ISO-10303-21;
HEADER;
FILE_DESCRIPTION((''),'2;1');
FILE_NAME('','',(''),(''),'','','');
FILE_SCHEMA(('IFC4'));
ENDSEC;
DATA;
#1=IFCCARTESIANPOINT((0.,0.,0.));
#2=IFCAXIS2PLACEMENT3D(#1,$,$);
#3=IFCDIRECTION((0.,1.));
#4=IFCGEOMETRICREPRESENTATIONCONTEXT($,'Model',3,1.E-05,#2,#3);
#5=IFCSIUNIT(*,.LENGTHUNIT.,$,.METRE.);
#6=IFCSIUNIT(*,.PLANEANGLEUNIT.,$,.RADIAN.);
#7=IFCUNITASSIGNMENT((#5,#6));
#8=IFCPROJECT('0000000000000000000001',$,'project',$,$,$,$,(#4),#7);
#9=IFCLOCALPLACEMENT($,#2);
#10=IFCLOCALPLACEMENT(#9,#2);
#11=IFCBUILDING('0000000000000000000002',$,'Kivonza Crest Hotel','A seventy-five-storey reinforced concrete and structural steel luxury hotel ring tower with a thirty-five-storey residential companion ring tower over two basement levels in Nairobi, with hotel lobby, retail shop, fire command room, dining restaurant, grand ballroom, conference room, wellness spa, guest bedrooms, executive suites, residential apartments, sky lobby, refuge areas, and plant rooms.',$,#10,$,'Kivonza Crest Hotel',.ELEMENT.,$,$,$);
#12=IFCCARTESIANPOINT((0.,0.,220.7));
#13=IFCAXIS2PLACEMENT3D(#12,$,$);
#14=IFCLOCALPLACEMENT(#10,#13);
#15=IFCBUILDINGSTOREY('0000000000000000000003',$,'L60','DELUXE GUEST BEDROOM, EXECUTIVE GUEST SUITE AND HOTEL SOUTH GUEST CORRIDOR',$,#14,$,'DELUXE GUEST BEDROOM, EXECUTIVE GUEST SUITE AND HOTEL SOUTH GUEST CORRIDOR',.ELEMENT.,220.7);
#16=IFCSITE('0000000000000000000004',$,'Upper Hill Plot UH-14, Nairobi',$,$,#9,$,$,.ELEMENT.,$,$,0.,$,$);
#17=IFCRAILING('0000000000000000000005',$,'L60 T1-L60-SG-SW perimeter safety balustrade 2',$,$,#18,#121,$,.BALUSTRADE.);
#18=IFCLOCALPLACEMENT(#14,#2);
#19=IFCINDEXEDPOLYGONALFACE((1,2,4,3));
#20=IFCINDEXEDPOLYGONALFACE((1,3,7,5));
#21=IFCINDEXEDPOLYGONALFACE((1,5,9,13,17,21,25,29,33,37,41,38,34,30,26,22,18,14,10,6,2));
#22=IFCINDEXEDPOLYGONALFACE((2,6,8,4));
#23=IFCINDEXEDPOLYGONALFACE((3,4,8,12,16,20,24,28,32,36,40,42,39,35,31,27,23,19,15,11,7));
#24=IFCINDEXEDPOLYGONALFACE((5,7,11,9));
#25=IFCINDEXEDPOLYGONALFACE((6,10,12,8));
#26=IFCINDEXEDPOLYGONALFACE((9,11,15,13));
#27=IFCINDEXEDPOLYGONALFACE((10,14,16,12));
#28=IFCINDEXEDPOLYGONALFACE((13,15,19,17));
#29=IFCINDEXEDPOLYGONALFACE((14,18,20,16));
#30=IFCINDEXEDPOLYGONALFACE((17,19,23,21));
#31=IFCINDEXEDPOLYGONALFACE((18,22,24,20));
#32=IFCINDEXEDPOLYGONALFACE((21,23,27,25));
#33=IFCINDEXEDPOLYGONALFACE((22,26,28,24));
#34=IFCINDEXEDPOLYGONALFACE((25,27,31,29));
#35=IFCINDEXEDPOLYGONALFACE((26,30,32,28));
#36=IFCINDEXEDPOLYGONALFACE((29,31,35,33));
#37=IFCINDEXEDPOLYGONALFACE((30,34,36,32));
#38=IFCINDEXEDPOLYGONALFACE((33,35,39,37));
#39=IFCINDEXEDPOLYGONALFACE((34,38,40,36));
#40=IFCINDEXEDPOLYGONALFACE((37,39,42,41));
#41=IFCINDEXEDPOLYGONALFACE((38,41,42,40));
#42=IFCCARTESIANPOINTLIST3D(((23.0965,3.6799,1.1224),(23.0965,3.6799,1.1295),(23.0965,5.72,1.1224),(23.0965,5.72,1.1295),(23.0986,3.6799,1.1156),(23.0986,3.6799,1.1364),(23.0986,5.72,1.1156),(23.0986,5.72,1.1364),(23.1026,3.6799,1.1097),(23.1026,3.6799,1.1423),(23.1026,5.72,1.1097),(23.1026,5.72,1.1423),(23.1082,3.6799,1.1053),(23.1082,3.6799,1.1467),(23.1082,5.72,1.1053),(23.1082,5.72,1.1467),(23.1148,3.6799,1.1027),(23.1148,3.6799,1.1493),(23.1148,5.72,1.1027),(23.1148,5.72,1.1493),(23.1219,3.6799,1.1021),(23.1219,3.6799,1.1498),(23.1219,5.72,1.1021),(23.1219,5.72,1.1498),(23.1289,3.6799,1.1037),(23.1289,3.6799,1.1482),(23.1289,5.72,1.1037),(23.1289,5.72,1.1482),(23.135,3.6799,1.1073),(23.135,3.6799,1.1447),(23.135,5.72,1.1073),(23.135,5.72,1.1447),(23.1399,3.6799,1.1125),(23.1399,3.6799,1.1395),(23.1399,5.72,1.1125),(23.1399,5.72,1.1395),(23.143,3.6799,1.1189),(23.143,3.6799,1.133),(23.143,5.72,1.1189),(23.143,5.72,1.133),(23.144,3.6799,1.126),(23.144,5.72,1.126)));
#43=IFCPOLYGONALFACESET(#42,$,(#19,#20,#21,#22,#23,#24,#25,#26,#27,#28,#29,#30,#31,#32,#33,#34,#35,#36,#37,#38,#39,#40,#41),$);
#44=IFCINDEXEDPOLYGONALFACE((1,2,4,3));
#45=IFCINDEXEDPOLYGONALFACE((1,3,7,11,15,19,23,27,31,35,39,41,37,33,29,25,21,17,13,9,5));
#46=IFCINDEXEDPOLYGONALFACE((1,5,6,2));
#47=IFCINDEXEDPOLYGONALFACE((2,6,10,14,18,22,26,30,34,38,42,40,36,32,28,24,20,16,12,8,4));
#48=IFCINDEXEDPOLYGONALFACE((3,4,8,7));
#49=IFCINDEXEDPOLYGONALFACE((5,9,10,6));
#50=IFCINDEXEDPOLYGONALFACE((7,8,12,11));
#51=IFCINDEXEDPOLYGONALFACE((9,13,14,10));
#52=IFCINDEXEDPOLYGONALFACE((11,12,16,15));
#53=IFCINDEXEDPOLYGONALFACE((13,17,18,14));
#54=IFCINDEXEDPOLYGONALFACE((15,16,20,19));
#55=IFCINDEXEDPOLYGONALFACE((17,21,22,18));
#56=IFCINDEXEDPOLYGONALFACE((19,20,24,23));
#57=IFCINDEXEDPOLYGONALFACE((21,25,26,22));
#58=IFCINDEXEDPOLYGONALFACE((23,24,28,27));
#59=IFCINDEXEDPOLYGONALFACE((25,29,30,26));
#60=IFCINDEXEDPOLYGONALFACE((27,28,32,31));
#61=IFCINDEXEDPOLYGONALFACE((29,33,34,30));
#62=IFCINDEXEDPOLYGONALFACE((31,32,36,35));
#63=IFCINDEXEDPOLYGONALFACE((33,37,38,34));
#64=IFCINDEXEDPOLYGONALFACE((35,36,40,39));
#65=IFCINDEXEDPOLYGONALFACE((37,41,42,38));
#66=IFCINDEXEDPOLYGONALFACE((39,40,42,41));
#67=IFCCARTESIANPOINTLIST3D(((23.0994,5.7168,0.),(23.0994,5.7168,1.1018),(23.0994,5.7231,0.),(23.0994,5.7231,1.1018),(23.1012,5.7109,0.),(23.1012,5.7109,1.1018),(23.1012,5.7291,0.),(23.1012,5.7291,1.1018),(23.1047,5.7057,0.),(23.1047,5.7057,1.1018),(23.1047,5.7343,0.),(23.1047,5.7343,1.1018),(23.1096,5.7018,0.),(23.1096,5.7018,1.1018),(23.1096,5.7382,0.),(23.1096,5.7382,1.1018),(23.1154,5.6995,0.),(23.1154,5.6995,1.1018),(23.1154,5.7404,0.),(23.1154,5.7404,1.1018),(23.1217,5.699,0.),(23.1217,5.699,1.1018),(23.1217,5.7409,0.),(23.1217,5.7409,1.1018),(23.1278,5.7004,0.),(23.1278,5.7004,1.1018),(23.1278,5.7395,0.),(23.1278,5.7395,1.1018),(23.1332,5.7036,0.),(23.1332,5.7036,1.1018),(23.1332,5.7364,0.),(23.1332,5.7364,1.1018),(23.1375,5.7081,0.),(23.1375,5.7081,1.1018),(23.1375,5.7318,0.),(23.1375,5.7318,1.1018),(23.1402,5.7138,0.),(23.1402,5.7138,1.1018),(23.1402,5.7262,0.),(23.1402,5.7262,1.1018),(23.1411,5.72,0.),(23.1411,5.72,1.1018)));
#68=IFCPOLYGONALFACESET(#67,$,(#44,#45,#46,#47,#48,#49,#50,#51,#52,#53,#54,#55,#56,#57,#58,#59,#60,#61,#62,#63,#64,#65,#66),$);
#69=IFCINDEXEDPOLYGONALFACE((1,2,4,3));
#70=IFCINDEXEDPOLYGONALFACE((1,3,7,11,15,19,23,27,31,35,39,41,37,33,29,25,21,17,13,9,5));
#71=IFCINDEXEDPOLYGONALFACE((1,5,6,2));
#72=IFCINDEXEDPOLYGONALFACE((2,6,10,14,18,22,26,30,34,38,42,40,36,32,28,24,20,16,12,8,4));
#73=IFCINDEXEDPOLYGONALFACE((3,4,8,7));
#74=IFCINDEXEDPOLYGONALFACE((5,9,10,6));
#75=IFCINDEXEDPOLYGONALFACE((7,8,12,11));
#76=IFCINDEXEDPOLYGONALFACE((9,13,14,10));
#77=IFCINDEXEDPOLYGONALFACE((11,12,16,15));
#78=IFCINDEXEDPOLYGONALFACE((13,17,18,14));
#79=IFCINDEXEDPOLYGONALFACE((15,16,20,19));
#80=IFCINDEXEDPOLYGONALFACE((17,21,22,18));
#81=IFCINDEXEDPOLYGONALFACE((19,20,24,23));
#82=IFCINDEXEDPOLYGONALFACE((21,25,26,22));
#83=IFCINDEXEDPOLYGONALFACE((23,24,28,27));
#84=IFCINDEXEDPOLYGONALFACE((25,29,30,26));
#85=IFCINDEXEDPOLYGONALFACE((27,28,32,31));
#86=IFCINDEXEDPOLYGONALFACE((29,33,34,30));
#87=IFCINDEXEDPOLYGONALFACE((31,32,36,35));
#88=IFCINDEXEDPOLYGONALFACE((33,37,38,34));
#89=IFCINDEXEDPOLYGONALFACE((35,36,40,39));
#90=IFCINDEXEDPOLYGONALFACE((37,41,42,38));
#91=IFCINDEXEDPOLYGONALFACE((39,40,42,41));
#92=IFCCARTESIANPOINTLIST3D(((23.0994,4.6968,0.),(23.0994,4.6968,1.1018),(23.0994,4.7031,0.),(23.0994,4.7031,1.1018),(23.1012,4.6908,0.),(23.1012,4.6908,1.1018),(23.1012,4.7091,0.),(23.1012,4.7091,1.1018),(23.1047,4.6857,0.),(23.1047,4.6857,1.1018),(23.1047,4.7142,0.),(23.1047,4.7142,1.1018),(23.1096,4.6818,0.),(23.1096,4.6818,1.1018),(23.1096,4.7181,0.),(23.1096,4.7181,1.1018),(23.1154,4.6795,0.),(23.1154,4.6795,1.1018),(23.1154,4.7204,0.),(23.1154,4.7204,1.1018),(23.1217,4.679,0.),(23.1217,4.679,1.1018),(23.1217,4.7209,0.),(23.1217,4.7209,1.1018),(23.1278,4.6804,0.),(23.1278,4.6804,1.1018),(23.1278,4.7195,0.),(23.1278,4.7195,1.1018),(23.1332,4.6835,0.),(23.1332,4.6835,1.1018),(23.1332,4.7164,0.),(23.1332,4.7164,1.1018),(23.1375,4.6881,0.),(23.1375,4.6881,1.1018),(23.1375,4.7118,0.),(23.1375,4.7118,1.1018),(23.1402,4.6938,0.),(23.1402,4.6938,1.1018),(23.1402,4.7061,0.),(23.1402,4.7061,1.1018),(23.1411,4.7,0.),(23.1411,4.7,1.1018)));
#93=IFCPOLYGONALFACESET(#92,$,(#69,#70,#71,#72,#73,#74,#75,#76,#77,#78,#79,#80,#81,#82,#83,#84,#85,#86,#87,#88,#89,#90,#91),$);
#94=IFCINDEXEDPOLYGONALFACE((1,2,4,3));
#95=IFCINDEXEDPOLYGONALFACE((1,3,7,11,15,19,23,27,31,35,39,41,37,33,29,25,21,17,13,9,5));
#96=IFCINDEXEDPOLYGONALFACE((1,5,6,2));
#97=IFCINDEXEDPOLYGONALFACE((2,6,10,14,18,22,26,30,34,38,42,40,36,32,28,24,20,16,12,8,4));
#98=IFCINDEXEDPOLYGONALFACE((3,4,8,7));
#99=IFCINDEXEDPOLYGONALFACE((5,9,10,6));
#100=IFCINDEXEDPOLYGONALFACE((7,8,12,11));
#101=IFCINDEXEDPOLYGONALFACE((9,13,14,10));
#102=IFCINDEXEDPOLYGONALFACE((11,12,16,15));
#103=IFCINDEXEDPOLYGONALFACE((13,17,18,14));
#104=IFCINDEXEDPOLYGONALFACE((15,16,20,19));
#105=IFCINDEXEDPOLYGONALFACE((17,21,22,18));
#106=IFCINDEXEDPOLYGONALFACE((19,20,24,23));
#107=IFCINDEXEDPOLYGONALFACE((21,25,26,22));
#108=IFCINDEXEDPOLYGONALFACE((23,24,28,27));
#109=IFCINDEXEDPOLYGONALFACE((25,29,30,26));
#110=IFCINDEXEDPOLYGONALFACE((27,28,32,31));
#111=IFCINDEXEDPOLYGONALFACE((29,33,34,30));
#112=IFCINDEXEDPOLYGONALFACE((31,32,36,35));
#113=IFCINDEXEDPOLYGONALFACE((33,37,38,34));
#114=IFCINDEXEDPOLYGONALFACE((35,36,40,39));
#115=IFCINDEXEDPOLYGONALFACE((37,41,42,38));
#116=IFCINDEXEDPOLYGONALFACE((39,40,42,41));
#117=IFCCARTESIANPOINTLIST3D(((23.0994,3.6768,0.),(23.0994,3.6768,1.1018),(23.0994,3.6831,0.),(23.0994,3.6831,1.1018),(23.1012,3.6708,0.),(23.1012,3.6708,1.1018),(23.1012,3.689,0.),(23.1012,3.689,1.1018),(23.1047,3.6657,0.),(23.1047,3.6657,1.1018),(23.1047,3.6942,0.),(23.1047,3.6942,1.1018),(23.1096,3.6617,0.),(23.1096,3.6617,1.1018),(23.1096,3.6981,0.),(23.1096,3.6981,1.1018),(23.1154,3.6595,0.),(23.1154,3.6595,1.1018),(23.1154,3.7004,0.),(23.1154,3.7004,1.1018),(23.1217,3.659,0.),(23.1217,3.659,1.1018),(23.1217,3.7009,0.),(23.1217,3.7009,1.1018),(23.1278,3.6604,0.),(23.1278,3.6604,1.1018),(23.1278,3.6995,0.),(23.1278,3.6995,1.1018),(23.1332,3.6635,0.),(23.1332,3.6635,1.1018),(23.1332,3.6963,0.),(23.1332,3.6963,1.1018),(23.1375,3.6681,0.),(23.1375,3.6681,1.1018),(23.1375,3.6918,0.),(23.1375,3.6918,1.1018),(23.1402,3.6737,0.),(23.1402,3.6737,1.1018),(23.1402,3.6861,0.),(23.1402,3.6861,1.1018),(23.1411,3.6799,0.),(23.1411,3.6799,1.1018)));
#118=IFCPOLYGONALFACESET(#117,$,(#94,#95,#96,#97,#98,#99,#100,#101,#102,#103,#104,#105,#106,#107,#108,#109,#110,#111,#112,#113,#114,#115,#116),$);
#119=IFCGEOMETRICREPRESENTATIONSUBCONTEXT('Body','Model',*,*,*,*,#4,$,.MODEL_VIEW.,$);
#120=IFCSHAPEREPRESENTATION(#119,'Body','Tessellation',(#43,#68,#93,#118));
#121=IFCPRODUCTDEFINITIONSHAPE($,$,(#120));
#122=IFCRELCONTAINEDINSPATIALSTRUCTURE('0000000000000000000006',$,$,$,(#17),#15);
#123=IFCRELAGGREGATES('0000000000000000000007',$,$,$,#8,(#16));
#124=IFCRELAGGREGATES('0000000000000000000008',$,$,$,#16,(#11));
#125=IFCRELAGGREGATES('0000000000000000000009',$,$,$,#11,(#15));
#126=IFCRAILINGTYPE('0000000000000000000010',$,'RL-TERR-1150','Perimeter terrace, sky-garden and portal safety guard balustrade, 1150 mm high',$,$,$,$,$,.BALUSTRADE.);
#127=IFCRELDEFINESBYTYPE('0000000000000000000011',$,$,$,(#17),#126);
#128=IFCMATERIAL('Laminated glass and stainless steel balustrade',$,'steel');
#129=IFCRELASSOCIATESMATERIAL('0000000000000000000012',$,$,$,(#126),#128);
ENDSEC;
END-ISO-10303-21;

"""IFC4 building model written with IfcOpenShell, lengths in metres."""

from ifc_helpers import new_model, si_unit, direction, frame, origin, origin_2d, place, context, subcontext, project, spatial, circle, extrude, material, type_object, element, save


model = new_model("IFC4")

# Units and contexts
model_context = context("Model", 3, precision=1e-05, world=origin(), true_north=direction((0.0, 1.0)))
body_context = subcontext(model_context, "Body", "Model", "MODEL_VIEW")
ifc_project = project(units=[si_unit("LENGTHUNIT", "METRE"), si_unit("PLANEANGLEUNIT", "RADIAN")], contexts=[model_context])

# Site, building, storey
site_placement = place(None, origin())
site = spatial("IfcSite", under=ifc_project, at=site_placement, Name="Upper Hill Plot UH-14, Nairobi", CompositionType="ELEMENT", RefElevation=0.0)
building_placement = place(site_placement, origin())
building = spatial("IfcBuilding", under=site, at=building_placement, Name="Kivonza Crest Hotel", Description="A seventy-five-storey reinforced concrete and structural steel luxury hotel ring tower with a thirty-five-storey residential companion ring tower over two basement levels in Nairobi, with hotel lobby, retail shop, fire command room, dining restaurant, grand ballroom, conference room, wellness spa, guest bedrooms, executive suites, residential apartments, sky lobby, refuge areas, and plant rooms.", LongName="Kivonza Crest Hotel", CompositionType="ELEMENT")
storey_placement = place(building_placement, frame((0.0, 0.0, 220.7)))
storey = spatial("IfcBuildingStorey", under=building, at=storey_placement, Name="L60", Description="DELUXE GUEST BEDROOM, EXECUTIVE GUEST SUITE AND HOTEL SOUTH GUEST CORRIDOR", LongName="DELUXE GUEST BEDROOM, EXECUTIVE GUEST SUITE AND HOTEL SOUTH GUEST CORRIDOR", CompositionType="ELEMENT", Elevation=220.7)

# Railing
ifc_material_1 = material(Name="Laminated glass and stainless steel balustrade", Category="steel")
railing_type = type_object("IfcRailingType", Name="RL-TERR-1150", Description="Perimeter terrace, sky-garden and portal safety guard balustrade, 1150 mm high", PredefinedType="BALUSTRADE", material=ifc_material_1)
railing_1_placement = place(storey_placement, frame((23.1201, 5.72, 0.0)))
element("IfcRailing", 1, at=railing_1_placement, inside=storey, type_object=railing_type, Name="L60 T1-L60-SG-SW perimeter safety balustrade 2", PredefinedType="BALUSTRADE", context=body_context, shape_type="SweptSolid", body=[
    extrude(circle(Radius=0.0239, at=origin_2d()), frame((0.0, 0.0, 1.126), z_axis=(0.0, -1.0, 0.0), x_axis=(1.0, 0.0, 0.0)), (0.0, 0.0, 1.0), 2.04),
    extrude(circle(Radius=0.021, at=origin_2d()), origin(), (0.0, 0.0, 1.0), 1.1018),
    extrude(circle(Radius=0.021, at=origin_2d()), frame((0.0, -1.02, 0.0)), (0.0, 0.0, 1.0), 1.1018),
    extrude(circle(Radius=0.021, at=origin_2d()), frame((0.0, -2.04, 0.0)), (0.0, 0.0, 1.0), 1.1018),
])

save(model, "model.ifc")
